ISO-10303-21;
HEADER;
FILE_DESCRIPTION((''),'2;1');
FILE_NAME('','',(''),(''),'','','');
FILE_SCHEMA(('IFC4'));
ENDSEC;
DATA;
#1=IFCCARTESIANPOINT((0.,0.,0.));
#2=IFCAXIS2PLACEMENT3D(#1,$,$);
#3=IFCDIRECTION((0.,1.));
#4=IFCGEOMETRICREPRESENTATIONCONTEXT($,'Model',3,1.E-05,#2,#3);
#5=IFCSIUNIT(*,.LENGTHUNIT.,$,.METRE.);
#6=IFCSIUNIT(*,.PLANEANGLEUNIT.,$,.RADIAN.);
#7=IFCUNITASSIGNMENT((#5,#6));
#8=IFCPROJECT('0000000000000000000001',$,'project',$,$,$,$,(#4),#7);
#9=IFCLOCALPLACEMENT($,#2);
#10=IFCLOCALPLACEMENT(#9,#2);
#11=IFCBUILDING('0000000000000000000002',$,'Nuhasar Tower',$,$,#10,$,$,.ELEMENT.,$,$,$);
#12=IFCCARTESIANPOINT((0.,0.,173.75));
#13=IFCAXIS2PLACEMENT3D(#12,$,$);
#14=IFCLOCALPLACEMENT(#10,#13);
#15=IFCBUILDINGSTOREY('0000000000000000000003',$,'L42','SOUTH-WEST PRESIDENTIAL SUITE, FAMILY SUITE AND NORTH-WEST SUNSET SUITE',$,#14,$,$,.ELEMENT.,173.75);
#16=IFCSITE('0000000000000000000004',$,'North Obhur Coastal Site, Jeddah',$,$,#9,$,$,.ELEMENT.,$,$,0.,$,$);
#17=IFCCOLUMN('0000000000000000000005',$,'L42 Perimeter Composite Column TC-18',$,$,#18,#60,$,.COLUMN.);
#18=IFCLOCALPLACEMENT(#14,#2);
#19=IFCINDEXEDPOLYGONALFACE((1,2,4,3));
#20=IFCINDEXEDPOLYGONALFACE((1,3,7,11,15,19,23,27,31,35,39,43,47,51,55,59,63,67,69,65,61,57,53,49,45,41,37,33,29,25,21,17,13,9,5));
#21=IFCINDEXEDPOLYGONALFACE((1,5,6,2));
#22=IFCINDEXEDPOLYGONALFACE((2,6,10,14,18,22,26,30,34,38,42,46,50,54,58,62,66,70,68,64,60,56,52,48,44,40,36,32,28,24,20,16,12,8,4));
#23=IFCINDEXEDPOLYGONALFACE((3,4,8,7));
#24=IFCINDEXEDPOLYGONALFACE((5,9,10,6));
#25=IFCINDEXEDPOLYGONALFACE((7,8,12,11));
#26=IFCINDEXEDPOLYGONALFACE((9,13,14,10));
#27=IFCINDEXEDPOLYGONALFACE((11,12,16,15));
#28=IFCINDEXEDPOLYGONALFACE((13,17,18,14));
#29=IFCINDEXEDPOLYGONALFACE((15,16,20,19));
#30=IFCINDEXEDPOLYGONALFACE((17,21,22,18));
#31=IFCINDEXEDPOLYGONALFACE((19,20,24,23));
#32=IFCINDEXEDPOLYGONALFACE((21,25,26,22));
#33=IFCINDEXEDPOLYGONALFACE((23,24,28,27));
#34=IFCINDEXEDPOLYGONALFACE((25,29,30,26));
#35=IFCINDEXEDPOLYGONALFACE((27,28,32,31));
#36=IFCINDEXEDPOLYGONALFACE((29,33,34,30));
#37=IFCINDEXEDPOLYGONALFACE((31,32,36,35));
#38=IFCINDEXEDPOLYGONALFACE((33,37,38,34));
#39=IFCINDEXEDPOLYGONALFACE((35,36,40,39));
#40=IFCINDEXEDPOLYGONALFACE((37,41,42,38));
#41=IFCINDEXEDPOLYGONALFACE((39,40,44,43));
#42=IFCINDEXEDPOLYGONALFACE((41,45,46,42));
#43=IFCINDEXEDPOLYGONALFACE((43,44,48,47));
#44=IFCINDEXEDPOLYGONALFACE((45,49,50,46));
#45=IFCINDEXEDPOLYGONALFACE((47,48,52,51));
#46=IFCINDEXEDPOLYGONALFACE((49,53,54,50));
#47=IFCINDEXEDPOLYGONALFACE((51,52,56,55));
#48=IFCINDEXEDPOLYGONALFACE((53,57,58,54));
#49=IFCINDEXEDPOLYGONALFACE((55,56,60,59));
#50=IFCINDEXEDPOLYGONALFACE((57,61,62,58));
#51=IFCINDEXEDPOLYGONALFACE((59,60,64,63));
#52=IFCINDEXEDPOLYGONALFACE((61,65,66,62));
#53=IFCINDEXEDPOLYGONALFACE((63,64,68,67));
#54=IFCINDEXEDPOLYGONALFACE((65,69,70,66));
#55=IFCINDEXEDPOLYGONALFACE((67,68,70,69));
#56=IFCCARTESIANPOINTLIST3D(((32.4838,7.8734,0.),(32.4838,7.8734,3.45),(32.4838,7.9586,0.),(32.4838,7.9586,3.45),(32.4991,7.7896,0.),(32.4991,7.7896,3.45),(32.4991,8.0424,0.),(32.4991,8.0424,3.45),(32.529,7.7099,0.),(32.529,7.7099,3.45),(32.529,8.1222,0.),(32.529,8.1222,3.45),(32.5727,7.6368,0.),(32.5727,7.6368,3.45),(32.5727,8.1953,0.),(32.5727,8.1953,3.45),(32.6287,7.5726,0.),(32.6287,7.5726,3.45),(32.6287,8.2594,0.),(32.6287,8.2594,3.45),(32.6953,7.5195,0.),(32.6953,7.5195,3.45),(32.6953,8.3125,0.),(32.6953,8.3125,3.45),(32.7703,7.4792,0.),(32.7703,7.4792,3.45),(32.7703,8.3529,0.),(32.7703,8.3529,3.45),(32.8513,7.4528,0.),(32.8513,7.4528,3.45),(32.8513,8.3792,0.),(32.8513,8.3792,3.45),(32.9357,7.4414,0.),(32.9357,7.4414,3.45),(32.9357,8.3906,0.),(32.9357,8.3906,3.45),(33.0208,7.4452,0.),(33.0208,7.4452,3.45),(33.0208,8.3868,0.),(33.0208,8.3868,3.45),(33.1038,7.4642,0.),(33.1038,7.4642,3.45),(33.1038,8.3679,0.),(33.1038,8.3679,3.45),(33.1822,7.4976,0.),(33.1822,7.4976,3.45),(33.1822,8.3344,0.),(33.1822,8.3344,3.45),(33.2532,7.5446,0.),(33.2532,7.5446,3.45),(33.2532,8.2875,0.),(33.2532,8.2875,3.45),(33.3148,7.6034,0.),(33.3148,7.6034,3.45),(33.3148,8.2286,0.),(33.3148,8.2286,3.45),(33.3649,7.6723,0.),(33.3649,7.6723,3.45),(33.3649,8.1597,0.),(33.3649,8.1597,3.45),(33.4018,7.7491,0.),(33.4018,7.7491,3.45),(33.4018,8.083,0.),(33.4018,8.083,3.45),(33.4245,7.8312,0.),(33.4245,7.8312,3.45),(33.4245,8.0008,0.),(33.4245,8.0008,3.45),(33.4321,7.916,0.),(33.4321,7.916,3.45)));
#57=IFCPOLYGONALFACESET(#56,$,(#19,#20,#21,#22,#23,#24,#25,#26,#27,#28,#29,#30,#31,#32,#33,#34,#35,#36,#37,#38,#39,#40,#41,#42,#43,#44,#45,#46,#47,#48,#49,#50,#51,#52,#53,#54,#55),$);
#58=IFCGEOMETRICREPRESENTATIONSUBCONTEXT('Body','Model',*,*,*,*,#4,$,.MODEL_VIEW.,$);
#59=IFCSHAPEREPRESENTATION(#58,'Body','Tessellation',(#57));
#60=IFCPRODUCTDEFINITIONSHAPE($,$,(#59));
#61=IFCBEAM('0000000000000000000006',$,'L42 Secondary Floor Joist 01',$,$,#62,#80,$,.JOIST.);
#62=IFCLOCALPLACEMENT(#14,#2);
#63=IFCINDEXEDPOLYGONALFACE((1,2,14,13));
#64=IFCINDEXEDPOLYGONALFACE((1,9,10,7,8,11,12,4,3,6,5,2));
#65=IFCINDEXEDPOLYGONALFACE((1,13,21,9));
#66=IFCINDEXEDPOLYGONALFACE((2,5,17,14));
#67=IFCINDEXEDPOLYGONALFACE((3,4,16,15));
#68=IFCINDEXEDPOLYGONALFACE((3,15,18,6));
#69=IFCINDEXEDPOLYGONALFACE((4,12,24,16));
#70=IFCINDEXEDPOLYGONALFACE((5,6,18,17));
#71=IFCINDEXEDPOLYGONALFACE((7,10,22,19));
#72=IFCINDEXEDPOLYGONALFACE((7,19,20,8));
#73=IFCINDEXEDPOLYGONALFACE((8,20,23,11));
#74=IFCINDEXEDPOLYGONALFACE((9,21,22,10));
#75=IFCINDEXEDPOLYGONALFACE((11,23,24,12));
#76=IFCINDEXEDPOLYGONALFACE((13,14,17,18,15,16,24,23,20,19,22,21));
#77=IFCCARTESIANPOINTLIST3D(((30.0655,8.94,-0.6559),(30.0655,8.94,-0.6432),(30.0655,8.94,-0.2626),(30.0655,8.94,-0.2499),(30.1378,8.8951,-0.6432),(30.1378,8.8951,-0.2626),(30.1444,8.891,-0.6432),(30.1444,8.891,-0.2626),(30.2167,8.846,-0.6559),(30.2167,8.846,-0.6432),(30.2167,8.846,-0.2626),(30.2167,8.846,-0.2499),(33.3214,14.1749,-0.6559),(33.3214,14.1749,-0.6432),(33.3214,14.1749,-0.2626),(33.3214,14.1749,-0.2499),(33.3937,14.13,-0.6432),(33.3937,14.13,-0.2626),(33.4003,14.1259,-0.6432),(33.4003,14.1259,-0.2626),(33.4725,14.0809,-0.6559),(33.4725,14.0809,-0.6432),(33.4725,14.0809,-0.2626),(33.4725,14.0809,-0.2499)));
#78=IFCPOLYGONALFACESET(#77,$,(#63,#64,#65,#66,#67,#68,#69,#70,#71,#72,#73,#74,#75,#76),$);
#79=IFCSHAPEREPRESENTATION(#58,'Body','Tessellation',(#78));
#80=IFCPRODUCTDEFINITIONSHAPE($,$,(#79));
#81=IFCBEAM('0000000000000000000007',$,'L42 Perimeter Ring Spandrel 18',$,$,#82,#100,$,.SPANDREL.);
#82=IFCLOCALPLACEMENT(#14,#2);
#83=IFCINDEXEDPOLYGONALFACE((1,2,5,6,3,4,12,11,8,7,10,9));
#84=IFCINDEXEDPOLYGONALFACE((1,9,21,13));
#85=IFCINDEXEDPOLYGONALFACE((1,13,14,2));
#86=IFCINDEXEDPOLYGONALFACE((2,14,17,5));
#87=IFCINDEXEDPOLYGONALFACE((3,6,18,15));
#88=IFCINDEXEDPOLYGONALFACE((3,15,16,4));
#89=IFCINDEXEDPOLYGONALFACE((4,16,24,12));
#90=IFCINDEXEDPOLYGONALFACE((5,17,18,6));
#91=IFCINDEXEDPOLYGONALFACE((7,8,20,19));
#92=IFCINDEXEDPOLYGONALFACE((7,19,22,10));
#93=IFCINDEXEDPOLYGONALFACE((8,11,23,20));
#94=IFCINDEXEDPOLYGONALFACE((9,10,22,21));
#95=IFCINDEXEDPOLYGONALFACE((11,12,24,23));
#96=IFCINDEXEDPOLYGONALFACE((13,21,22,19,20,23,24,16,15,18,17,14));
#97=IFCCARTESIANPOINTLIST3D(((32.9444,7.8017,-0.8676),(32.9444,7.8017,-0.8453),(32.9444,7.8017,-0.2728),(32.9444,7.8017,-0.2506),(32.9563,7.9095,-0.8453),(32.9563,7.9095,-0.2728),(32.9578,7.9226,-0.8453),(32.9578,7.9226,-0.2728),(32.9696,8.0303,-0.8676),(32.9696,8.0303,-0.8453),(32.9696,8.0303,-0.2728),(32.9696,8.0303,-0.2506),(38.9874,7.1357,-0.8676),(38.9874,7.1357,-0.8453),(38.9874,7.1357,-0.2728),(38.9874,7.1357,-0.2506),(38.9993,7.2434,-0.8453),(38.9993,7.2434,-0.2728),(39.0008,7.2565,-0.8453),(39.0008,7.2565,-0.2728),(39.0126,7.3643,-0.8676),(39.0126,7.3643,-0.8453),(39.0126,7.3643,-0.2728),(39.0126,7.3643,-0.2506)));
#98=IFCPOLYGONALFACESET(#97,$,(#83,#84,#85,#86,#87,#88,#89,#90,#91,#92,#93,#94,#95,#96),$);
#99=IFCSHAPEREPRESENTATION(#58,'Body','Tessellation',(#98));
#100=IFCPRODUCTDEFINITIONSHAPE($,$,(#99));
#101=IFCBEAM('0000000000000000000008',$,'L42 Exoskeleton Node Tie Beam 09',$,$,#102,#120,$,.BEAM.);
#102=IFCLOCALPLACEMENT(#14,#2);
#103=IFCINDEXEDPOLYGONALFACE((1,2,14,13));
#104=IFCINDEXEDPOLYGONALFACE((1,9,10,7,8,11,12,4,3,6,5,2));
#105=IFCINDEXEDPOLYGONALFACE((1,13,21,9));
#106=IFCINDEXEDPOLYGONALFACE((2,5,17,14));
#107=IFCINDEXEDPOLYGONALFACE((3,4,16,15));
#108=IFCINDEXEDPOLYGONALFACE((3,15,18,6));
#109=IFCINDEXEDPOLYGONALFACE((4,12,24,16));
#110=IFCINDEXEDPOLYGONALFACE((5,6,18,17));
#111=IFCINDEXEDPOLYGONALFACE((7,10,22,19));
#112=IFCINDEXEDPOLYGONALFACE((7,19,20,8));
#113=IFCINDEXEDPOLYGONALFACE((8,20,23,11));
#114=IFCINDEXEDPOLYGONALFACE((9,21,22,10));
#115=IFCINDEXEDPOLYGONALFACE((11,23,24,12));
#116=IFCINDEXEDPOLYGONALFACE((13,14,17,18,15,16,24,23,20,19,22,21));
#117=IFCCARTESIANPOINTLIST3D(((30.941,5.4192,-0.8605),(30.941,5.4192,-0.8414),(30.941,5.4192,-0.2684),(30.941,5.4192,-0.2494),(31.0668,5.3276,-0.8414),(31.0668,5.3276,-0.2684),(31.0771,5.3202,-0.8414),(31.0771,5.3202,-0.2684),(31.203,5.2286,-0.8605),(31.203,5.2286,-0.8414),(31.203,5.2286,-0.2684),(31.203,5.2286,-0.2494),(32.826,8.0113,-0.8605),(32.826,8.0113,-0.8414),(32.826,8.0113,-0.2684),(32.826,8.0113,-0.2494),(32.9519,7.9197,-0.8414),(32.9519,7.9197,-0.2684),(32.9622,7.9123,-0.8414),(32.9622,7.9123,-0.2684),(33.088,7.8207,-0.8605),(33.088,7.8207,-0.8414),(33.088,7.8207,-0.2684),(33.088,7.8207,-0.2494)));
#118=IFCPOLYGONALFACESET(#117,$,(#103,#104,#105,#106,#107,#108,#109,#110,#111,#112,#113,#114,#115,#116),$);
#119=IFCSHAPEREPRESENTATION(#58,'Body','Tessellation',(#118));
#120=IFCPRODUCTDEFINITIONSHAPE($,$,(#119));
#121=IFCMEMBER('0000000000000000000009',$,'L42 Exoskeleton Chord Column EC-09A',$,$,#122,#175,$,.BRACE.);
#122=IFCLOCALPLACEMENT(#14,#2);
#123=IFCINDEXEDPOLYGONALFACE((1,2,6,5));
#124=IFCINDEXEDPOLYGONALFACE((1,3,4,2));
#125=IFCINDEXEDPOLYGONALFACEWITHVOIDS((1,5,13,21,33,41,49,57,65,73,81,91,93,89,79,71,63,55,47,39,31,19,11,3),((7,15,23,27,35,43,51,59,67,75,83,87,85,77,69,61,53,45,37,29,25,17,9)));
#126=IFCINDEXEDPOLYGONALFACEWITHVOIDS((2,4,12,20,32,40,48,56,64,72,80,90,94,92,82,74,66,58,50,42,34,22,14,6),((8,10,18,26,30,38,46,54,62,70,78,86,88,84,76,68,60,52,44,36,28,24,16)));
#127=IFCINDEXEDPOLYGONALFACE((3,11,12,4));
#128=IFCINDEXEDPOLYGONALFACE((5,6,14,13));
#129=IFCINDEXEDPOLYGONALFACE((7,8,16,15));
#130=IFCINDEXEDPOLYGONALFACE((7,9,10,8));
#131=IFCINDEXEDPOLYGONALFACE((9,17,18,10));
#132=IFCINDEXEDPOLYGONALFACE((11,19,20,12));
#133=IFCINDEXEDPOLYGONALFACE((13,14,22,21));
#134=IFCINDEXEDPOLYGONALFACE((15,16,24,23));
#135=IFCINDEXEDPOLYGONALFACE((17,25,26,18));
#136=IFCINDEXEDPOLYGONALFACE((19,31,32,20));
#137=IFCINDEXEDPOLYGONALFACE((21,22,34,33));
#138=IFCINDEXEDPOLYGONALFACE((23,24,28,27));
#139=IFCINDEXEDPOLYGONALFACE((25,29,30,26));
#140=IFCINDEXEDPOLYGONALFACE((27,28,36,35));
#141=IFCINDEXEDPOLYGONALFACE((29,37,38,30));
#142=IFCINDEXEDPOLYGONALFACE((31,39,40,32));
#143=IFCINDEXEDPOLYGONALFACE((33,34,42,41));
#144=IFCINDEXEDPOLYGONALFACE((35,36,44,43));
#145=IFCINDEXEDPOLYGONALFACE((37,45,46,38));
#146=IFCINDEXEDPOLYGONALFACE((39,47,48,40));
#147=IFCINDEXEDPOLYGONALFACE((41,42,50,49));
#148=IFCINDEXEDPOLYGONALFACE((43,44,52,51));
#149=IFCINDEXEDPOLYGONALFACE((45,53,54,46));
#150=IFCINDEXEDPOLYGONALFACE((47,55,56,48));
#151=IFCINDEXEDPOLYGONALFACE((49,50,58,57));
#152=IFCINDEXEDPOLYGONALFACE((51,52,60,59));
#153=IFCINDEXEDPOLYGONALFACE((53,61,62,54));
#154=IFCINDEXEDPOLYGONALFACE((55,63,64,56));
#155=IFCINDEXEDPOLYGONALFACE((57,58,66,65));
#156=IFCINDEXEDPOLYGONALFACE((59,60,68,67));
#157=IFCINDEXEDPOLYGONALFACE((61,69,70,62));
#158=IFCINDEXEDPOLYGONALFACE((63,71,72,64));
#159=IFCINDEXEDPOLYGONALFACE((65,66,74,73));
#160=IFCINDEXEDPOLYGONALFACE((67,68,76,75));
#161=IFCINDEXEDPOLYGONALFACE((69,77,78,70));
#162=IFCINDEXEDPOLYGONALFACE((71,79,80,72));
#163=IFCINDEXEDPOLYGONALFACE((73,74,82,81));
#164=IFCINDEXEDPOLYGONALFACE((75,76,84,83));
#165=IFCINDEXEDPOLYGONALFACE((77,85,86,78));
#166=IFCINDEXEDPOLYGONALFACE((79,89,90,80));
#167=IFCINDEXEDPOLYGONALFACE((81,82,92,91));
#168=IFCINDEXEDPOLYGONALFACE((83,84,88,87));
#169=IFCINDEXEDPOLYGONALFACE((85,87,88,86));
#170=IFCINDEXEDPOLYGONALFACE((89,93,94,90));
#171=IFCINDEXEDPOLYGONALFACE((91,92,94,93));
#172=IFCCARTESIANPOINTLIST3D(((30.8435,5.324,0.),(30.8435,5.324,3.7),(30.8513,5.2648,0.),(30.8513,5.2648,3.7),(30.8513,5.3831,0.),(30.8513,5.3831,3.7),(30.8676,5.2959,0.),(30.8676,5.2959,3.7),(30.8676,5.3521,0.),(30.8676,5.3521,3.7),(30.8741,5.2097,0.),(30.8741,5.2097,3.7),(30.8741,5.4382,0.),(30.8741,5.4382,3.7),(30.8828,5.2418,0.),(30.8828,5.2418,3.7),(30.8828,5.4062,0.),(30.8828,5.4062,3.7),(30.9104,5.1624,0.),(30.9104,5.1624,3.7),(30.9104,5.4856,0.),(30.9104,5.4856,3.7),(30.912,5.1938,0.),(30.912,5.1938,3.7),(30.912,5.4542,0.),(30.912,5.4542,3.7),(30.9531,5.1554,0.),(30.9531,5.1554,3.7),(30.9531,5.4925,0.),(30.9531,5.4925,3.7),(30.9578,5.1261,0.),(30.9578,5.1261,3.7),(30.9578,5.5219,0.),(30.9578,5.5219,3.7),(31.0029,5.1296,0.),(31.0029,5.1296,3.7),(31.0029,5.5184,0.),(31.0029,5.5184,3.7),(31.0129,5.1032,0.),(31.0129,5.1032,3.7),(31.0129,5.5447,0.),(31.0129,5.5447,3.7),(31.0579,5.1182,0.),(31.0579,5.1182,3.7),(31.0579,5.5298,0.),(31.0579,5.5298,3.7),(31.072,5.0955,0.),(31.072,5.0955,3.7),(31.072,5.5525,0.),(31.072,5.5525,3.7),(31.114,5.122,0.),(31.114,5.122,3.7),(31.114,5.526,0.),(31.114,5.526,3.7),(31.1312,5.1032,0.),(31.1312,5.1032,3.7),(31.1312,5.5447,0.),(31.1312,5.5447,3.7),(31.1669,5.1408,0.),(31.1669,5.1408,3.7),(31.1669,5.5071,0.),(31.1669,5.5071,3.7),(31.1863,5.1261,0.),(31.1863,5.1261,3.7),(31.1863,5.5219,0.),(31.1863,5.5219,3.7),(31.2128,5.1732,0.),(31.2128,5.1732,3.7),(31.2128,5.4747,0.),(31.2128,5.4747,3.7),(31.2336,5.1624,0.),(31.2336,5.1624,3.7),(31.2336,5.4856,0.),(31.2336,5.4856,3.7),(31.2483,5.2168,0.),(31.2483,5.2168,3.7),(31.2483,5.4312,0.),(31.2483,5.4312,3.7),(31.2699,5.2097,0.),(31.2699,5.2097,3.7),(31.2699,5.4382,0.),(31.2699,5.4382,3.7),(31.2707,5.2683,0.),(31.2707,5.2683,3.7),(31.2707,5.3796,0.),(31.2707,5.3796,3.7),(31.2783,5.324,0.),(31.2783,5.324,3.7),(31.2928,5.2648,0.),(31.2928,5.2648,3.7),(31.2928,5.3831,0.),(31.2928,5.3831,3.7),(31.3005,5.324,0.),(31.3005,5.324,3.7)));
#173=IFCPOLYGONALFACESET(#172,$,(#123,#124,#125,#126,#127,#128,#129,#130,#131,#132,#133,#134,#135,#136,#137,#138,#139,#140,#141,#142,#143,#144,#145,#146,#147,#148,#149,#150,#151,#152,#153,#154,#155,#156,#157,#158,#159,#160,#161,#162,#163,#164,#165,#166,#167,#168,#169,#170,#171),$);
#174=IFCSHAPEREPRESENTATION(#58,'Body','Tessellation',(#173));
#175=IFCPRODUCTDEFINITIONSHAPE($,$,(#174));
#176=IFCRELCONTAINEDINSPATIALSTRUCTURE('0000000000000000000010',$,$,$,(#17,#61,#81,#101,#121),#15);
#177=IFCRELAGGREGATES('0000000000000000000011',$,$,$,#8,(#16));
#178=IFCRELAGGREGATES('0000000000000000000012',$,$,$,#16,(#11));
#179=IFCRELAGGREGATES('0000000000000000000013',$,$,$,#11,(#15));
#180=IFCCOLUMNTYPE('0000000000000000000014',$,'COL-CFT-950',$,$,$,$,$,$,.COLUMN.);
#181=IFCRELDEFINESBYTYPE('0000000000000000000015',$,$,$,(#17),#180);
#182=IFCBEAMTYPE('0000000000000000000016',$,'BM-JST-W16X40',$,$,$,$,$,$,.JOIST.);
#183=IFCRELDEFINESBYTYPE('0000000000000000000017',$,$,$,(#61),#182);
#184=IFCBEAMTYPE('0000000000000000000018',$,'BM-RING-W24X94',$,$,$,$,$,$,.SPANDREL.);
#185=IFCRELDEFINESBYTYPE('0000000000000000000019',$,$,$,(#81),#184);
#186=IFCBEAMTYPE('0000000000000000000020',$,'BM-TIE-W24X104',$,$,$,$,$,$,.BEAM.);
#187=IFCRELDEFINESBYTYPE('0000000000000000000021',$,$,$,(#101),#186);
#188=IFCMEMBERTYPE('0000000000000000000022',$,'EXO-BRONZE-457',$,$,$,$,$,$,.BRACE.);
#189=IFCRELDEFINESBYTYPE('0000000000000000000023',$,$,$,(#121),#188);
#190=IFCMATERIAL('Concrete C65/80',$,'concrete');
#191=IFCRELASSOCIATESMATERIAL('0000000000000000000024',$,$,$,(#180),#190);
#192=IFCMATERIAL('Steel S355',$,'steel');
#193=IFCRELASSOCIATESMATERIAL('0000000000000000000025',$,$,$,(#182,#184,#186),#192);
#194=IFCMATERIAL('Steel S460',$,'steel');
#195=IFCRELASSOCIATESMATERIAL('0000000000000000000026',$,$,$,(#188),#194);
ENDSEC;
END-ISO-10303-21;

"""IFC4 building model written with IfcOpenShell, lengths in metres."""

from ifc_helpers import new_model, si_unit, direction, frame, origin, origin_2d, place, context, subcontext, project, spatial, circle, hollow_circle, i_section, extrude, material, material_profile, profile_set, type_object, element, save


model = new_model("IFC4")

# Units and contexts
model_context = context("Model", 3, precision=1e-05, world=origin(), true_north=direction((0.0, 1.0)))
body_context = subcontext(model_context, "Body", "Model", "MODEL_VIEW")
ifc_project = project(units=[si_unit("LENGTHUNIT", "METRE"), si_unit("PLANEANGLEUNIT", "RADIAN")], contexts=[model_context])

# Site, building, storey
site_placement = place(None, origin())
site = spatial("IfcSite", under=ifc_project, at=site_placement, Name="North Obhur Coastal Site, Jeddah", CompositionType="ELEMENT", RefElevation=0.0)
building_placement = place(site_placement, origin())
building = spatial("IfcBuilding", under=site, at=building_placement, Name="Nuhasar Tower", CompositionType="ELEMENT")
storey_placement = place(building_placement, frame((0.0, 0.0, 173.75)))
storey = spatial("IfcBuildingStorey", under=building, at=storey_placement, Name="L42", Description="SOUTH-WEST PRESIDENTIAL SUITE, FAMILY SUITE AND NORTH-WEST SUNSET SUITE", CompositionType="ELEMENT", Elevation=173.75)

# Column
ifc_material_1 = material(Name="Concrete C65/80", Category="concrete")
ifc_material_profile_1 = material_profile(ifc_material_1, circle(Radius=0.4751, at=origin_2d()), Name="CFT950")
ifc_profile_set_1 = profile_set([ifc_material_profile_1], Name="Concrete C65/80")
column_type = type_object("IfcColumnType", Name="COL-CFT-950", PredefinedType="COLUMN", material=ifc_profile_set_1)
column_placement = place(storey_placement, frame((32.957, 7.916, 0.0), z_axis=(0.0, 0.0, 1.0), x_axis=(1.0, 0.0, 0.0)))
element("IfcColumn", 1, at=column_placement, inside=storey, type_object=column_type, Name="L42 Perimeter Composite Column TC-18", PredefinedType="COLUMN", context=body_context, shape_type="SweptSolid", body=[
    extrude(circle(Radius=0.4751, at=origin_2d()), origin(), (0.0, 0.0, 1.0), 3.45),
])

# Beams
ifc_material_2 = material(Name="Steel S355", Category="steel")
ifc_material_profile_2 = material_profile(ifc_material_2, i_section(OverallWidth=0.178, OverallDepth=0.406, WebThickness=0.0078, FlangeThickness=0.0127, at=origin_2d()), Name="W16X40")
ifc_profile_set_2 = profile_set([ifc_material_profile_2], Name="Steel S355")
beam_type_1 = type_object("IfcBeamType", Name="BM-JST-W16X40", PredefinedType="JOIST", material=ifc_profile_set_2)
beam_1_placement = place(storey_placement, frame((33.397, 14.1279, -0.4529), z_axis=(-0.528139, -0.849158, 0.0), x_axis=(0.849158, -0.528139, 0.0)))
element("IfcBeam", 2, at=beam_1_placement, inside=storey, type_object=beam_type_1, Name="L42 Secondary Floor Joist 01", PredefinedType="JOIST", context=body_context, shape_type="SweptSolid", body=[
    extrude(i_section(OverallWidth=0.178, OverallDepth=0.406, WebThickness=0.0078, FlangeThickness=0.0127, at=origin_2d()), origin(), (0.0, 0.0, 1.0), 6.1648),
])
ifc_material_profile_3 = material_profile(ifc_material_2, i_section(OverallWidth=0.23, OverallDepth=0.6169, WebThickness=0.0132, FlangeThickness=0.0222, at=origin_2d()), Name="W24X94")
ifc_profile_set_3 = profile_set([ifc_material_profile_3], Name="Steel S355")
beam_type_2 = type_object("IfcBeamType", Name="BM-RING-W24X94", PredefinedType="SPANDREL", material=ifc_profile_set_3)
beam_2_placement = place(storey_placement, frame((32.957, 7.916, -0.5591), z_axis=(0.993981, -0.10955, 0.0), x_axis=(0.10955, 0.993981, 0.0)))
element("IfcBeam", 3, at=beam_2_placement, inside=storey, type_object=beam_type_2, Name="L42 Perimeter Ring Spandrel 18", PredefinedType="SPANDREL", context=body_context, shape_type="SweptSolid", body=[
    extrude(i_section(OverallWidth=0.23, OverallDepth=0.6169, WebThickness=0.0132, FlangeThickness=0.0222, at=origin_2d()), origin(), (0.0, 0.0, 1.0), 6.0796),
])
ifc_material_profile_4 = material_profile(ifc_material_2, i_section(OverallWidth=0.324, OverallDepth=0.6111, WebThickness=0.0127, FlangeThickness=0.019, at=origin_2d()), Name="W24X104")
ifc_profile_set_4 = profile_set([ifc_material_profile_4], Name="Steel S355")
beam_type_3 = type_object("IfcBeamType", Name="BM-TIE-W24X104", PredefinedType="BEAM", material=ifc_profile_set_4)
beam_3_placement = place(storey_placement, frame((32.957, 7.916, -0.5549), z_axis=(-0.588149, -0.808753, 0.0), x_axis=(0.808753, -0.588149, 0.0)))
element("IfcBeam", 4, at=beam_3_placement, inside=storey, type_object=beam_type_3, Name="L42 Exoskeleton Node Tie Beam 09", PredefinedType="BEAM", context=body_context, shape_type="SweptSolid", body=[
    extrude(i_section(OverallWidth=0.324, OverallDepth=0.6111, WebThickness=0.0127, FlangeThickness=0.019, at=origin_2d()), origin(), (0.0, 0.0, 1.0), 3.2051),
])

# Member
ifc_material_3 = material(Name="Steel S460", Category="steel")
ifc_material_profile_5 = material_profile(ifc_material_3, hollow_circle(Radius=0.2285, WallThickness=0.0222, at=origin_2d()), Name="HSS457X22.2")
ifc_profile_set_5 = profile_set([ifc_material_profile_5], Name="Steel S460")
member_type = type_object("IfcMemberType", Name="EXO-BRONZE-457", PredefinedType="BRACE", material=ifc_profile_set_5)
for number, where, z_axis, x_axis, name in (
    (5, (31.072, 5.324, 0.0), (0.0, 0.0, 1.0), (1.0, 0.0, 0.0), "L42 Exoskeleton Chord Column EC-09A"),
):
    element("IfcMember", number, at=place(storey_placement, frame(where, z_axis=z_axis, x_axis=x_axis)), inside=storey, type_object=member_type, Name=name, PredefinedType="BRACE", context=body_context, shape_type="SweptSolid", body=[
        extrude(hollow_circle(Radius=0.2285, WallThickness=0.0222, at=origin_2d()), origin(), (0.0, 0.0, 1.0), 3.7),
    ])

save(model, "model.ifc")
